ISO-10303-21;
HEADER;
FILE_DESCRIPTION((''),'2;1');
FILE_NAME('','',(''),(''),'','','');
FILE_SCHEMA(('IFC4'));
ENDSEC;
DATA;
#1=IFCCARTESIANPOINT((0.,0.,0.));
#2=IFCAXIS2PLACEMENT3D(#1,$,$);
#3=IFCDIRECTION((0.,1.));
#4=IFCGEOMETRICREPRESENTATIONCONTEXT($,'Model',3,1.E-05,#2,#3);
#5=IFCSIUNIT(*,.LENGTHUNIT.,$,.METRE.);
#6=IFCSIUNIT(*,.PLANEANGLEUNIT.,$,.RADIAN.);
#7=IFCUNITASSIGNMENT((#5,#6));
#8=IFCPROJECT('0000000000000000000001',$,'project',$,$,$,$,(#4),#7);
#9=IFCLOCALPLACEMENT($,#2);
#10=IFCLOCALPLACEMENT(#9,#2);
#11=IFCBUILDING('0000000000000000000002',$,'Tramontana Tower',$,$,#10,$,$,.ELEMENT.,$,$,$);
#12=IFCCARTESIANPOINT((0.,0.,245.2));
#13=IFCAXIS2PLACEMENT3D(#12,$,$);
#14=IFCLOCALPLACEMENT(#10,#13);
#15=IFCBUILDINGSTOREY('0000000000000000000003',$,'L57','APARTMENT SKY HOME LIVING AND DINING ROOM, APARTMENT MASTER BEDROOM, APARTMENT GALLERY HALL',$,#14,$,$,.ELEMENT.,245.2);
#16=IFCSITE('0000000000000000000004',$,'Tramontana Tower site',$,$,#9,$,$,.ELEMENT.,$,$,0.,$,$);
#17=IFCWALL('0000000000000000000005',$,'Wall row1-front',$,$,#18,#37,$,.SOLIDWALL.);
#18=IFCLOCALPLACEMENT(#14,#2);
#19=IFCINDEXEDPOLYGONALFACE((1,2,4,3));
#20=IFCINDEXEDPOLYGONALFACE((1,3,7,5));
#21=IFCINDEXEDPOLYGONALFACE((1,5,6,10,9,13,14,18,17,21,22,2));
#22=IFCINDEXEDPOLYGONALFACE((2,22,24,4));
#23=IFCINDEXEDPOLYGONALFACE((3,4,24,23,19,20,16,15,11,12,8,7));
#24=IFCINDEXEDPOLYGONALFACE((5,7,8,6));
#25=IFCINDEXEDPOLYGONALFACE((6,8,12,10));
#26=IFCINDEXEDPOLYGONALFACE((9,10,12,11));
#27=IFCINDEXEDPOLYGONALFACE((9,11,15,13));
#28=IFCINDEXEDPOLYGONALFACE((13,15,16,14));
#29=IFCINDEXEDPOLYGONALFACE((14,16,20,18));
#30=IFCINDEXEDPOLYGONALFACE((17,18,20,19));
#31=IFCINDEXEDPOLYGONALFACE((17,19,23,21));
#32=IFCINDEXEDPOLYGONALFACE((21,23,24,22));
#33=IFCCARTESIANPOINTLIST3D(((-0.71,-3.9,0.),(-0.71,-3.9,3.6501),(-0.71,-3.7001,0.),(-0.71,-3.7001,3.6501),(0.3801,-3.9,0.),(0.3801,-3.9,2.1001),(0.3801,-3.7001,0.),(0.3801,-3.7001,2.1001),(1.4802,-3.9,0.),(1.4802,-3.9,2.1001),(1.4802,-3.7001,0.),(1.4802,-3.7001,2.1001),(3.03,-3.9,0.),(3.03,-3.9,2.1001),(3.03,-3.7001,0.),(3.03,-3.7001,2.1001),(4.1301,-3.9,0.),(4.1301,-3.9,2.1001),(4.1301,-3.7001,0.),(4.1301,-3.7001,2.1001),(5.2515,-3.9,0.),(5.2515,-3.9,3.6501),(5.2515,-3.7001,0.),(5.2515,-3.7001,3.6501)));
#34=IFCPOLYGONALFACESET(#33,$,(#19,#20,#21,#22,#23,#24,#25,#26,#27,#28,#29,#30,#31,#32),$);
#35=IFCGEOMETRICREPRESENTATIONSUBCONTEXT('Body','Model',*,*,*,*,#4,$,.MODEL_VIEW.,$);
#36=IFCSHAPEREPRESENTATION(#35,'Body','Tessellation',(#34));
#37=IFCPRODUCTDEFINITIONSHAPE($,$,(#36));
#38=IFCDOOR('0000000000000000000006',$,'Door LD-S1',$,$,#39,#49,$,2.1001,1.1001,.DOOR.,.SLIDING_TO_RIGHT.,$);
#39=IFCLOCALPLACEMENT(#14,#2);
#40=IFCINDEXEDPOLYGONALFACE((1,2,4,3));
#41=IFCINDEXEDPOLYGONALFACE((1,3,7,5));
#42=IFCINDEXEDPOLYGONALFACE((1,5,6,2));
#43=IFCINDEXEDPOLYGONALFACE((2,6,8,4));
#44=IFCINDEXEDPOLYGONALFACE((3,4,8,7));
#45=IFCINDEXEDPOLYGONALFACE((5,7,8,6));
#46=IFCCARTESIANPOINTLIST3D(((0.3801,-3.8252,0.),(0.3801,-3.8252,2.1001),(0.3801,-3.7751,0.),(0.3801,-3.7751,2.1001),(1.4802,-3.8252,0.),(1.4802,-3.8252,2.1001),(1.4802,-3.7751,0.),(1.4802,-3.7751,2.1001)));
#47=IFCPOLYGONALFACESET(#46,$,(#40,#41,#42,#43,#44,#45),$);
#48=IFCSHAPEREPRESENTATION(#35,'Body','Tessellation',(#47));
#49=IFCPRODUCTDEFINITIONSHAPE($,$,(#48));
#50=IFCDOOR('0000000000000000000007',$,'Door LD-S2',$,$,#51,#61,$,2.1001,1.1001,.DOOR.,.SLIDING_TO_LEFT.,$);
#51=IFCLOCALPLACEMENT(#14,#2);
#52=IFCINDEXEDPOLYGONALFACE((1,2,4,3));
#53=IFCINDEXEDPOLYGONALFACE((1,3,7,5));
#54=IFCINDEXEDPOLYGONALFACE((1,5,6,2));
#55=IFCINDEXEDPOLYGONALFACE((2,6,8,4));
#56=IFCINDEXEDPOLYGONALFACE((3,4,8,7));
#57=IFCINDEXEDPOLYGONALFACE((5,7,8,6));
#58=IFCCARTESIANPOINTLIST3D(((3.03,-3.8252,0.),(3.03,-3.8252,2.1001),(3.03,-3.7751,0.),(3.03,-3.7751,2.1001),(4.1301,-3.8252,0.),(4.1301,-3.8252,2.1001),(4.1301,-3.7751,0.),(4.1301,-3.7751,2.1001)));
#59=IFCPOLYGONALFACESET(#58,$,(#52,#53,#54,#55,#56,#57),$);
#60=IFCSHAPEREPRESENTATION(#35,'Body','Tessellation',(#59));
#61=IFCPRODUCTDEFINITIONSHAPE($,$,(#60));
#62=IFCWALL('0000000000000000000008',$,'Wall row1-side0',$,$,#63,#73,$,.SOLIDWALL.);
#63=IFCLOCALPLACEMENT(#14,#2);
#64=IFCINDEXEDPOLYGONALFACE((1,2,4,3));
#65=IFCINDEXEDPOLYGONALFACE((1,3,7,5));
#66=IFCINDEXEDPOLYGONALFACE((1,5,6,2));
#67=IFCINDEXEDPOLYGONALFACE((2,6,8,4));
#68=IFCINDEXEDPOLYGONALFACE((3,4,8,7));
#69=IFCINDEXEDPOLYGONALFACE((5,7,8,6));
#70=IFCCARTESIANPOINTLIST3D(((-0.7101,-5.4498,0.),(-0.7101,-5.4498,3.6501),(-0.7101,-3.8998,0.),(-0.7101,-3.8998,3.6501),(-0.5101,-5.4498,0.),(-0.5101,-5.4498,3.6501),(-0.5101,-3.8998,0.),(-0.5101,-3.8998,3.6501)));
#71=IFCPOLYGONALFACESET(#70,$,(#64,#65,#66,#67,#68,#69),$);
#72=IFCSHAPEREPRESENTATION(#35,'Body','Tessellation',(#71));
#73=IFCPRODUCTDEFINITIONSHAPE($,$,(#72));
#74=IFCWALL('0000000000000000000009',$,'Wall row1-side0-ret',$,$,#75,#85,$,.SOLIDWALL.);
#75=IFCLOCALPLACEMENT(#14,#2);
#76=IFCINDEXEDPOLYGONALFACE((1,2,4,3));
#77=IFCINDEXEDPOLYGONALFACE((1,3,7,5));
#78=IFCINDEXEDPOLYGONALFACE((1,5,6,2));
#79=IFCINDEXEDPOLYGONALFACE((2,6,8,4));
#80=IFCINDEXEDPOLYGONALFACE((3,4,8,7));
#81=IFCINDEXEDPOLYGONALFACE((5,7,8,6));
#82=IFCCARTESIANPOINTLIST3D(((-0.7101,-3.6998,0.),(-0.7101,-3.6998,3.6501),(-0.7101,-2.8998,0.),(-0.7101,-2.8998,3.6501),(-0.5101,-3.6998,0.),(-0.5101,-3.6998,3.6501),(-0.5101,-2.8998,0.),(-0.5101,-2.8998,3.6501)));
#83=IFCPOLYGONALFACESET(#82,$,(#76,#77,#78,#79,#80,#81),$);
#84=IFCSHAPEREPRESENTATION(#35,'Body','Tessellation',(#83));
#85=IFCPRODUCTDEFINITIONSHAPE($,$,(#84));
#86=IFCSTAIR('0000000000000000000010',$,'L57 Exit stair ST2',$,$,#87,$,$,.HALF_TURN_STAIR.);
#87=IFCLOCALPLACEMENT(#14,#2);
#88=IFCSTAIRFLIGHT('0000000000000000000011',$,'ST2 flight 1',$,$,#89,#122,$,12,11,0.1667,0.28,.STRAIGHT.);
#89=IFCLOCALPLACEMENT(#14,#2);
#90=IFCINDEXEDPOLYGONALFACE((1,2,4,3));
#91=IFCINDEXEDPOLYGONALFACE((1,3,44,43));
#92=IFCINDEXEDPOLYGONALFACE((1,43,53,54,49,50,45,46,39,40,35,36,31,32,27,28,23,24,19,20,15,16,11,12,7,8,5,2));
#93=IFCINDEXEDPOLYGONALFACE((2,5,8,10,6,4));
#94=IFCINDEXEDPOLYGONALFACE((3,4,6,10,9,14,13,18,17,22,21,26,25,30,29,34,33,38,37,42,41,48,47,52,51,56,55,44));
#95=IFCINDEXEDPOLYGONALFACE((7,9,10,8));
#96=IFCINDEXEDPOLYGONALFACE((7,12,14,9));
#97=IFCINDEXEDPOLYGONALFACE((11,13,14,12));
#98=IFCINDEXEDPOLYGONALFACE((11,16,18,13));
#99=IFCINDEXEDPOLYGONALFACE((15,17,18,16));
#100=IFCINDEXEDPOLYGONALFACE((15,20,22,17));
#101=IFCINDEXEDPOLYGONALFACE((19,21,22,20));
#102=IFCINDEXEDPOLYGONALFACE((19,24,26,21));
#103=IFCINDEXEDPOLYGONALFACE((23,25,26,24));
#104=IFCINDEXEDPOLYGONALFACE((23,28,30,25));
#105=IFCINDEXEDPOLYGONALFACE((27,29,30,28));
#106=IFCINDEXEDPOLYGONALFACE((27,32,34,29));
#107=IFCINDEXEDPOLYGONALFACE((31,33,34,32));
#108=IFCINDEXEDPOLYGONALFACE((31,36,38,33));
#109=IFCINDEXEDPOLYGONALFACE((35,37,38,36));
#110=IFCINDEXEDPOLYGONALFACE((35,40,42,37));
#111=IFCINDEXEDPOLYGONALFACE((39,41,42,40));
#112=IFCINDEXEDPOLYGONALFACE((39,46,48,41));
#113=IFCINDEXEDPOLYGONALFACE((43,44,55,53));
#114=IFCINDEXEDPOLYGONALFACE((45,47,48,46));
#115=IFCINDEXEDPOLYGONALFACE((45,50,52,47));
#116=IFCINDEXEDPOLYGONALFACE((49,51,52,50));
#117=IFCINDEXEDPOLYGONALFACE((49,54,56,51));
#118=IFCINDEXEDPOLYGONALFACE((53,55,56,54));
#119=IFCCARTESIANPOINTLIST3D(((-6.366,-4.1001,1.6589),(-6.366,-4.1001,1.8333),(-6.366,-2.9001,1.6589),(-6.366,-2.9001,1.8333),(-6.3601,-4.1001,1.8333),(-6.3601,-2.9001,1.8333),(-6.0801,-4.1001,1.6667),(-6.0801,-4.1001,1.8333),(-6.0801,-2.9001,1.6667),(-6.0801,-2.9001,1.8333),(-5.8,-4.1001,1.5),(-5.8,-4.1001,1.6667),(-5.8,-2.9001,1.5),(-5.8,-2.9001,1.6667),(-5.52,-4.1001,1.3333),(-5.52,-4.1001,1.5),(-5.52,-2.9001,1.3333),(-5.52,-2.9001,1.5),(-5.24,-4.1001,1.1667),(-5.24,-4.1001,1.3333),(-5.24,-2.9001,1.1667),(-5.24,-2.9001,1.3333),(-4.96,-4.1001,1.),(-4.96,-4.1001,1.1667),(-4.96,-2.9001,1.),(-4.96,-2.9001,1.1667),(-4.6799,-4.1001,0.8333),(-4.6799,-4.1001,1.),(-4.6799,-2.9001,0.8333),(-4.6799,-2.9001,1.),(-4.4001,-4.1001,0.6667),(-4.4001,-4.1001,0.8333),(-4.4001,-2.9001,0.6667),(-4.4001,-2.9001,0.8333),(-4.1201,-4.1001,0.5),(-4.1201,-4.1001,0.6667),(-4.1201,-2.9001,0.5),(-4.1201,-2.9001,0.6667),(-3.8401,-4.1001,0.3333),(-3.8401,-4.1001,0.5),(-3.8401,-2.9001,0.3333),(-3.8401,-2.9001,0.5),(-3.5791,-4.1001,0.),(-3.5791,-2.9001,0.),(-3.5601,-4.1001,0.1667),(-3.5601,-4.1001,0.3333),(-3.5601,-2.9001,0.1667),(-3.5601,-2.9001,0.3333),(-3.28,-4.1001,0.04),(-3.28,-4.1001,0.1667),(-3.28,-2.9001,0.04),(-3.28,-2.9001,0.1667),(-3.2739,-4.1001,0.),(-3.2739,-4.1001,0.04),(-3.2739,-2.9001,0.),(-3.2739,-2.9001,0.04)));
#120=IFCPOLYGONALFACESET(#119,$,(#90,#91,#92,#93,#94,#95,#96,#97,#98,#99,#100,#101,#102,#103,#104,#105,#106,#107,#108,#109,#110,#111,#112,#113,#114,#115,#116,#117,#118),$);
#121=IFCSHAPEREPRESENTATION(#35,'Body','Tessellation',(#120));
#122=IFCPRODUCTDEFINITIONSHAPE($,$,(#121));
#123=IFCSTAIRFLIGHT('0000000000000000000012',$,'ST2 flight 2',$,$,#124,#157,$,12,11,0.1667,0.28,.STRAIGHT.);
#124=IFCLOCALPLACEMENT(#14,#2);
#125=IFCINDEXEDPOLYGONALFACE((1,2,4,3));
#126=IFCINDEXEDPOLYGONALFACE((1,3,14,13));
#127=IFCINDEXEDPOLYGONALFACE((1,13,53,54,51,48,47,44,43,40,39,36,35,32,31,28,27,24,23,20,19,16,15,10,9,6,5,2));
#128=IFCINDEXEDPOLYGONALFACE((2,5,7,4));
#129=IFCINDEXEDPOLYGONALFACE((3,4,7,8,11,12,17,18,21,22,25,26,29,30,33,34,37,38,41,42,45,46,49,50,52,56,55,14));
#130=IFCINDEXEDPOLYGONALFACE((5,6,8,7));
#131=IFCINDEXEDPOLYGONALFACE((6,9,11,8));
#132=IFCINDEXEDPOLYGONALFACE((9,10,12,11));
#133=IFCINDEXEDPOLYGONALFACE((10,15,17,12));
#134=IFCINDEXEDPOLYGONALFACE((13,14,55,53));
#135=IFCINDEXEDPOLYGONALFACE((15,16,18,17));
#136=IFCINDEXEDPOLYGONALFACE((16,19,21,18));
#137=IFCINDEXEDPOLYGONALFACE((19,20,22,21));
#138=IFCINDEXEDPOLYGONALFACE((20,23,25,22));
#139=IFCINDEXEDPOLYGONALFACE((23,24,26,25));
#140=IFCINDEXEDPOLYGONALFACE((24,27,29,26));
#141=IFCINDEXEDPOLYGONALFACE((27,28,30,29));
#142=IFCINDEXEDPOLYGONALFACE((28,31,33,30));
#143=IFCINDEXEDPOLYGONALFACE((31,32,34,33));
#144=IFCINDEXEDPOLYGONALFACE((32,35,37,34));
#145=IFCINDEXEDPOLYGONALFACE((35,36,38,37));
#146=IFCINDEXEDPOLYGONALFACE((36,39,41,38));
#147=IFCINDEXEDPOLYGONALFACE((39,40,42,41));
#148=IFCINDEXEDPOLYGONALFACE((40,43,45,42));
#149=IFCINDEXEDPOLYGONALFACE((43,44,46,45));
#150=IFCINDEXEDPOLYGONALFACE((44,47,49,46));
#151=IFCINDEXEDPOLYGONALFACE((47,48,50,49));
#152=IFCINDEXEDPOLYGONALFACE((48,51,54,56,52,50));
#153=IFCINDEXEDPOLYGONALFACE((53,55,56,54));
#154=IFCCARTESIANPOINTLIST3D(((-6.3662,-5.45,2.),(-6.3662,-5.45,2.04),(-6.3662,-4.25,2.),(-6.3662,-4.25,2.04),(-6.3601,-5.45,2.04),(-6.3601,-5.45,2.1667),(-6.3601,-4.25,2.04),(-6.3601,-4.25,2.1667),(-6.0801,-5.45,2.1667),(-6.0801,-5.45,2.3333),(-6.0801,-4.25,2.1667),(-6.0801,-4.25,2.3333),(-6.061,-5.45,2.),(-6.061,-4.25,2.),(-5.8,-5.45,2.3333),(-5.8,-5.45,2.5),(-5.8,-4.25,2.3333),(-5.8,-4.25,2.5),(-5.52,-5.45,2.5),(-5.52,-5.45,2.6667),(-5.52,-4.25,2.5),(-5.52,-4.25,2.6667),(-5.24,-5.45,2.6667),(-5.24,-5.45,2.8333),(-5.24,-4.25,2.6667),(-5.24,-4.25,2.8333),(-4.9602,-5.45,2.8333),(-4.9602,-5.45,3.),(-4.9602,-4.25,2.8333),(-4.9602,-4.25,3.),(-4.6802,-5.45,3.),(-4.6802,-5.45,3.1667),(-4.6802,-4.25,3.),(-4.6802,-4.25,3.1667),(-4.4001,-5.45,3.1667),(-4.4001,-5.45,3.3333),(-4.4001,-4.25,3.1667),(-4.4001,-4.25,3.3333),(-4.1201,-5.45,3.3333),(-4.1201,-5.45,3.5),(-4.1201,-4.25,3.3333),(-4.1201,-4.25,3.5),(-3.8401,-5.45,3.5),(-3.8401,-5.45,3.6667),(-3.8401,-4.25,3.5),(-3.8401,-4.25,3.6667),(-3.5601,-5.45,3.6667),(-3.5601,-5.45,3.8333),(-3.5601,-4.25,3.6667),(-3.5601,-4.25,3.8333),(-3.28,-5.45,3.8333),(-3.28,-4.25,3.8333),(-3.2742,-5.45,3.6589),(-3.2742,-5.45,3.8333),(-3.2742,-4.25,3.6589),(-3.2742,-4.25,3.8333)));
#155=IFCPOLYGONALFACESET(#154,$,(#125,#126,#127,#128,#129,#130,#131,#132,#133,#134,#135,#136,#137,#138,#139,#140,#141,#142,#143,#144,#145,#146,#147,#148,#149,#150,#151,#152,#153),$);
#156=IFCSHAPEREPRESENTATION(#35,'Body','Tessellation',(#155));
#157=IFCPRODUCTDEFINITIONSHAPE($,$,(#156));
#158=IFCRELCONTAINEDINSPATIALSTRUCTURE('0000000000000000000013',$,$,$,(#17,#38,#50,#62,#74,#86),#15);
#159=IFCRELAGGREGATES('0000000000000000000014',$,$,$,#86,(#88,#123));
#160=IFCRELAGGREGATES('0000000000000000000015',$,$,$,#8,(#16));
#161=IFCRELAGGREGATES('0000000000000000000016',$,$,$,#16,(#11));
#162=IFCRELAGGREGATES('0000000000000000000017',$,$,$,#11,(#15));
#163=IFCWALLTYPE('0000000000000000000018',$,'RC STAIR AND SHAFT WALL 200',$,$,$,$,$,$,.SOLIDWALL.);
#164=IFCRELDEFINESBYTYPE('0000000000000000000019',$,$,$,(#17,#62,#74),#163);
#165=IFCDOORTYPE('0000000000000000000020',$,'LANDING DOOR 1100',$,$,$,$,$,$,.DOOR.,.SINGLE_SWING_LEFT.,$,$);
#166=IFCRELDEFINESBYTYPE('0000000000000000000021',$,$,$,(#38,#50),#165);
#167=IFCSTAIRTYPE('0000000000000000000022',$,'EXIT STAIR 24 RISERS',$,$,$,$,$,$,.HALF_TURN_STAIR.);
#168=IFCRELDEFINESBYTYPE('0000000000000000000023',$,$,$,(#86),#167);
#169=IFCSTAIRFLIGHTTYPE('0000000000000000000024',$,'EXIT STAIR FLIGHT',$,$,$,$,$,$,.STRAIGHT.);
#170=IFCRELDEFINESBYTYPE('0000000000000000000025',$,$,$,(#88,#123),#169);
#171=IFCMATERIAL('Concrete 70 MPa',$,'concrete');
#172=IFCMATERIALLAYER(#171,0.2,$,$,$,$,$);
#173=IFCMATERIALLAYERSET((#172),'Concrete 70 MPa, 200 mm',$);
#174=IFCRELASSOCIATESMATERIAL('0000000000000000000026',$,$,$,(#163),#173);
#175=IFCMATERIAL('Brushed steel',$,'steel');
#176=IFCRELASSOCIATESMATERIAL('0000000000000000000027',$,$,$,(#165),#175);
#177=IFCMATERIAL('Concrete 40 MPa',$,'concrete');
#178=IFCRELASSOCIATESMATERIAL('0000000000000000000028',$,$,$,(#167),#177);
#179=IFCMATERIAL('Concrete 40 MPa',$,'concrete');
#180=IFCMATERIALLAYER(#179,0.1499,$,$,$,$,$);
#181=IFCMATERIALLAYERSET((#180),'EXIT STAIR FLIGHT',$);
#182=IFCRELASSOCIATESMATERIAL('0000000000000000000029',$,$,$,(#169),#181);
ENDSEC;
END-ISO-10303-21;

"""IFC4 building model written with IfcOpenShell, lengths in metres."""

from ifc_helpers import new_model, si_unit, direction, frame, frame_2d, origin, place, context, subcontext, project, spatial, polyline, rectangle, outline, extrude, material, layer, layer_set, type_object, element, fill, aggregate, save


model = new_model("IFC4")

# Units and contexts
model_context = context("Model", 3, precision=1e-05, world=origin(), true_north=direction((0.0, 1.0)))
body_context = subcontext(model_context, "Body", "Model", "MODEL_VIEW")
ifc_project = project(units=[si_unit("LENGTHUNIT", "METRE"), si_unit("PLANEANGLEUNIT", "RADIAN")], contexts=[model_context])

# Site, building, storey
site_placement = place(None, origin())
site = spatial("IfcSite", under=ifc_project, at=site_placement, Name="Tramontana Tower site", CompositionType="ELEMENT", RefElevation=0.0)
building_placement = place(site_placement, origin())
building = spatial("IfcBuilding", under=site, at=building_placement, Name="Tramontana Tower", CompositionType="ELEMENT")
storey_placement = place(building_placement, frame((0.0, 0.0, 245.2)))
storey = spatial("IfcBuildingStorey", under=building, at=storey_placement, Name="L57", Description="APARTMENT SKY HOME LIVING AND DINING ROOM, APARTMENT MASTER BEDROOM, APARTMENT GALLERY HALL", CompositionType="ELEMENT", Elevation=245.2)

# Shared definitions
ifc_material_1 = material(Name="Concrete 70 MPa", Category="concrete")
ifc_layer_1 = layer(ifc_material_1, 0.2)
ifc_layer_set_1 = layer_set([ifc_layer_1], Name="Concrete 70 MPa, 200 mm")
wall_type_1 = type_object("IfcWallType", Name="RC STAIR AND SHAFT WALL 200", PredefinedType="SOLIDWALL", material=ifc_layer_set_1)

# Wall, openings, doors
wall_1_placement = place(storey_placement, frame((-0.71, -3.8, 0.0), z_axis=(0.0, 0.0, 1.0), x_axis=(1.0, 0.0, 0.0)))
wall_1 = element("IfcWall", 1, at=wall_1_placement, inside=storey, type_object=wall_type_1, Name="Wall row1-front", PredefinedType="SOLIDWALL", context=body_context, shape_type="SweptSolid", body=[
    extrude(rectangle(XDim=5.9614, YDim=0.2, at=frame_2d((2.9807, 0.0))), origin(), (0.0, 0.0, 1.0), 3.6501),
])
opening_1_placement = place(wall_1_placement, frame((1.0901, 0.0, 0.0)))
opening_1 = element("IfcOpeningElement", 2, at=opening_1_placement, cuts=wall_1, PredefinedType="OPENING", context=body_context, shape_type="SweptSolid", body=[
    extrude(rectangle(XDim=1.1001, YDim=2.1001, at=frame_2d((0.55, 1.05))), frame((0.0, 0.1099, 0.0), z_axis=(0.0, -1.0, 0.0), x_axis=(1.0, 0.0, 0.0)), (0.0, 0.0, 1.0), 0.22),
])
opening_2_placement = place(wall_1_placement, frame((3.74, 0.0, 0.0)))
opening_2 = element("IfcOpeningElement", 3, at=opening_2_placement, cuts=wall_1, PredefinedType="OPENING", context=body_context, shape_type="SweptSolid", body=[
    extrude(rectangle(XDim=1.1001, YDim=2.1001, at=frame_2d((0.55, 1.05))), frame((0.0, 0.1099, 0.0), z_axis=(0.0, -1.0, 0.0), x_axis=(1.0, 0.0, 0.0)), (0.0, 0.0, 1.0), 0.22),
])
ifc_material_2 = material(Name="Brushed steel", Category="steel")
door_type_1 = type_object("IfcDoorType", Name="LANDING DOOR 1100", OperationType="SINGLE_SWING_LEFT", PredefinedType="DOOR", material=ifc_material_2)
door_1_placement = place(opening_1_placement, origin())
door_1 = element("IfcDoor", 4, at=door_1_placement, inside=storey, type_object=door_type_1, Name="Door LD-S1", OperationType="SLIDING_TO_RIGHT", OverallHeight=2.1001, OverallWidth=1.1001, PredefinedType="DOOR", context=body_context, shape_type="SweptSolid", body=[
    extrude(rectangle(XDim=1.1001, YDim=2.1001, at=frame_2d((0.55, 1.05))), frame((0.0, 0.0249, 0.0), z_axis=(0.0, -1.0, 0.0), x_axis=(1.0, 0.0, 0.0)), (0.0, 0.0, 1.0), 0.05),
])
fill(opening_1, door_1)
door_2_placement = place(opening_2_placement, origin())
door_2 = element("IfcDoor", 5, at=door_2_placement, inside=storey, type_object=door_type_1, Name="Door LD-S2", OperationType="SLIDING_TO_LEFT", OverallHeight=2.1001, OverallWidth=1.1001, PredefinedType="DOOR", context=body_context, shape_type="SweptSolid", body=[
    extrude(rectangle(XDim=1.1001, YDim=2.1001, at=frame_2d((0.55, 1.05))), frame((0.0, 0.0249, 0.0), z_axis=(0.0, -1.0, 0.0), x_axis=(1.0, 0.0, 0.0)), (0.0, 0.0, 1.0), 0.05),
])
fill(opening_2, door_2)

# Walls
wall_2_placement = place(storey_placement, frame((-0.6101, -3.8999, 0.0), z_axis=(0.0, 0.0, 1.0), x_axis=(0.0, -1.0, 0.0)))
element("IfcWall", 6, at=wall_2_placement, inside=storey, type_object=wall_type_1, Name="Wall row1-side0", PredefinedType="SOLIDWALL", context=body_context, shape_type="SweptSolid", body=[
    extrude(rectangle(XDim=1.55, YDim=0.2, at=frame_2d((0.7749, 0.0))), origin(), (0.0, 0.0, 1.0), 3.6501),
])
wall_3_placement = place(storey_placement, frame((-0.6101, -2.8999, 0.0), z_axis=(0.0, 0.0, 1.0), x_axis=(0.0, -1.0, 0.0)))
element("IfcWall", 7, at=wall_3_placement, inside=storey, type_object=wall_type_1, Name="Wall row1-side0-ret", PredefinedType="SOLIDWALL", context=body_context, shape_type="SweptSolid", body=[
    extrude(rectangle(XDim=0.8, YDim=0.2, at=frame_2d((0.3999, 0.0))), origin(), (0.0, 0.0, 1.0), 3.6501),
])

# Stair, stair flights
ifc_material_3 = material(Name="Concrete 40 MPa", Category="concrete")
stair_type = type_object("IfcStairType", Name="EXIT STAIR 24 RISERS", PredefinedType="HALF_TURN_STAIR", material=ifc_material_3)
stair_placement = place(storey_placement, origin())
stair = element("IfcStair", 8, at=stair_placement, inside=storey, type_object=stair_type, Name="L57 Exit stair ST2", PredefinedType="HALF_TURN_STAIR")
ifc_material_4 = material(Name="Concrete 40 MPa", Category="concrete")
ifc_layer_2 = layer(ifc_material_4, 0.1499)
ifc_layer_set_2 = layer_set([ifc_layer_2], Name="EXIT STAIR FLIGHT")
stair_flight_type = type_object("IfcStairFlightType", Name="EXIT STAIR FLIGHT", PredefinedType="STRAIGHT", material=ifc_layer_set_2)
stair_flight_1_placement = place(storey_placement, frame((-3.28, -3.5, 0.0), z_axis=(0.0, 0.0, 1.0), x_axis=(-1.0, 0.0, 0.0)))
stair_flight_1 = element("IfcStairFlight", 9, at=stair_flight_1_placement, type_object=stair_flight_type, Name="ST2 flight 1", NumberOfRisers=12, NumberOfTreads=11, PredefinedType="STRAIGHT", RiserHeight=0.1667, TreadLength=0.28, context=body_context, shape_type="SweptSolid", body=[
    extrude(outline(polyline([(-0.0061, 0.0), (-0.0061, 0.04), (0.0, 0.04), (0.0, 0.1667), (0.28, 0.1667), (0.28, 0.3333), (0.5601, 0.3333), (0.5601, 0.5), (0.8401, 0.5), (0.8401, 0.6667), (1.1201, 0.6667), (1.1201, 0.8333), (1.3999, 0.8333), (1.3999, 1.0), (1.6799, 1.0), (1.6799, 1.1667), (1.96, 1.1667), (1.96, 1.3333), (2.24, 1.3333), (2.24, 1.5), (2.52, 1.5), (2.52, 1.6667), (2.8, 1.6667), (2.8, 1.8333), (3.0801, 1.8333), (3.0859, 1.8333), (3.0859, 1.6589), (0.2991, 0.0), (-0.0061, 0.0)])), frame((0.0, 0.6001, 0.0), z_axis=(0.0, -1.0, 0.0), x_axis=(1.0, 0.0, 0.0)), (0.0, 0.0, 1.0), 1.2),
])
stair_flight_2_placement = place(storey_placement, frame((-6.3601, -4.8501, 2.0), z_axis=(0.0, 0.0, 1.0), x_axis=(1.0, 0.0, 0.0)))
stair_flight_2 = element("IfcStairFlight", 10, at=stair_flight_2_placement, type_object=stair_flight_type, Name="ST2 flight 2", NumberOfRisers=12, NumberOfTreads=11, PredefinedType="STRAIGHT", RiserHeight=0.1667, TreadLength=0.28, context=body_context, shape_type="SweptSolid", body=[
    extrude(outline(polyline([(-0.0061, 0.0), (-0.0061, 0.04), (0.0, 0.04), (0.0, 0.1667), (0.28, 0.1667), (0.28, 0.3333), (0.5601, 0.3333), (0.5601, 0.5), (0.8401, 0.5), (0.8401, 0.6667), (1.1201, 0.6667), (1.1201, 0.8333), (1.3999, 0.8333), (1.3999, 1.0), (1.6799, 1.0), (1.6799, 1.1667), (1.96, 1.1667), (1.96, 1.3333), (2.24, 1.3333), (2.24, 1.5), (2.52, 1.5), (2.52, 1.6667), (2.8, 1.6667), (2.8, 1.8333), (3.0801, 1.8333), (3.0859, 1.8333), (3.0859, 1.6589), (0.2991, 0.0), (-0.0061, 0.0)])), frame((0.0, 0.6001, 0.0), z_axis=(0.0, -1.0, 0.0), x_axis=(1.0, 0.0, 0.0)), (0.0, 0.0, 1.0), 1.2),
])
aggregate(stair, [stair_flight_1, stair_flight_2])

save(model, "model.ifc")
